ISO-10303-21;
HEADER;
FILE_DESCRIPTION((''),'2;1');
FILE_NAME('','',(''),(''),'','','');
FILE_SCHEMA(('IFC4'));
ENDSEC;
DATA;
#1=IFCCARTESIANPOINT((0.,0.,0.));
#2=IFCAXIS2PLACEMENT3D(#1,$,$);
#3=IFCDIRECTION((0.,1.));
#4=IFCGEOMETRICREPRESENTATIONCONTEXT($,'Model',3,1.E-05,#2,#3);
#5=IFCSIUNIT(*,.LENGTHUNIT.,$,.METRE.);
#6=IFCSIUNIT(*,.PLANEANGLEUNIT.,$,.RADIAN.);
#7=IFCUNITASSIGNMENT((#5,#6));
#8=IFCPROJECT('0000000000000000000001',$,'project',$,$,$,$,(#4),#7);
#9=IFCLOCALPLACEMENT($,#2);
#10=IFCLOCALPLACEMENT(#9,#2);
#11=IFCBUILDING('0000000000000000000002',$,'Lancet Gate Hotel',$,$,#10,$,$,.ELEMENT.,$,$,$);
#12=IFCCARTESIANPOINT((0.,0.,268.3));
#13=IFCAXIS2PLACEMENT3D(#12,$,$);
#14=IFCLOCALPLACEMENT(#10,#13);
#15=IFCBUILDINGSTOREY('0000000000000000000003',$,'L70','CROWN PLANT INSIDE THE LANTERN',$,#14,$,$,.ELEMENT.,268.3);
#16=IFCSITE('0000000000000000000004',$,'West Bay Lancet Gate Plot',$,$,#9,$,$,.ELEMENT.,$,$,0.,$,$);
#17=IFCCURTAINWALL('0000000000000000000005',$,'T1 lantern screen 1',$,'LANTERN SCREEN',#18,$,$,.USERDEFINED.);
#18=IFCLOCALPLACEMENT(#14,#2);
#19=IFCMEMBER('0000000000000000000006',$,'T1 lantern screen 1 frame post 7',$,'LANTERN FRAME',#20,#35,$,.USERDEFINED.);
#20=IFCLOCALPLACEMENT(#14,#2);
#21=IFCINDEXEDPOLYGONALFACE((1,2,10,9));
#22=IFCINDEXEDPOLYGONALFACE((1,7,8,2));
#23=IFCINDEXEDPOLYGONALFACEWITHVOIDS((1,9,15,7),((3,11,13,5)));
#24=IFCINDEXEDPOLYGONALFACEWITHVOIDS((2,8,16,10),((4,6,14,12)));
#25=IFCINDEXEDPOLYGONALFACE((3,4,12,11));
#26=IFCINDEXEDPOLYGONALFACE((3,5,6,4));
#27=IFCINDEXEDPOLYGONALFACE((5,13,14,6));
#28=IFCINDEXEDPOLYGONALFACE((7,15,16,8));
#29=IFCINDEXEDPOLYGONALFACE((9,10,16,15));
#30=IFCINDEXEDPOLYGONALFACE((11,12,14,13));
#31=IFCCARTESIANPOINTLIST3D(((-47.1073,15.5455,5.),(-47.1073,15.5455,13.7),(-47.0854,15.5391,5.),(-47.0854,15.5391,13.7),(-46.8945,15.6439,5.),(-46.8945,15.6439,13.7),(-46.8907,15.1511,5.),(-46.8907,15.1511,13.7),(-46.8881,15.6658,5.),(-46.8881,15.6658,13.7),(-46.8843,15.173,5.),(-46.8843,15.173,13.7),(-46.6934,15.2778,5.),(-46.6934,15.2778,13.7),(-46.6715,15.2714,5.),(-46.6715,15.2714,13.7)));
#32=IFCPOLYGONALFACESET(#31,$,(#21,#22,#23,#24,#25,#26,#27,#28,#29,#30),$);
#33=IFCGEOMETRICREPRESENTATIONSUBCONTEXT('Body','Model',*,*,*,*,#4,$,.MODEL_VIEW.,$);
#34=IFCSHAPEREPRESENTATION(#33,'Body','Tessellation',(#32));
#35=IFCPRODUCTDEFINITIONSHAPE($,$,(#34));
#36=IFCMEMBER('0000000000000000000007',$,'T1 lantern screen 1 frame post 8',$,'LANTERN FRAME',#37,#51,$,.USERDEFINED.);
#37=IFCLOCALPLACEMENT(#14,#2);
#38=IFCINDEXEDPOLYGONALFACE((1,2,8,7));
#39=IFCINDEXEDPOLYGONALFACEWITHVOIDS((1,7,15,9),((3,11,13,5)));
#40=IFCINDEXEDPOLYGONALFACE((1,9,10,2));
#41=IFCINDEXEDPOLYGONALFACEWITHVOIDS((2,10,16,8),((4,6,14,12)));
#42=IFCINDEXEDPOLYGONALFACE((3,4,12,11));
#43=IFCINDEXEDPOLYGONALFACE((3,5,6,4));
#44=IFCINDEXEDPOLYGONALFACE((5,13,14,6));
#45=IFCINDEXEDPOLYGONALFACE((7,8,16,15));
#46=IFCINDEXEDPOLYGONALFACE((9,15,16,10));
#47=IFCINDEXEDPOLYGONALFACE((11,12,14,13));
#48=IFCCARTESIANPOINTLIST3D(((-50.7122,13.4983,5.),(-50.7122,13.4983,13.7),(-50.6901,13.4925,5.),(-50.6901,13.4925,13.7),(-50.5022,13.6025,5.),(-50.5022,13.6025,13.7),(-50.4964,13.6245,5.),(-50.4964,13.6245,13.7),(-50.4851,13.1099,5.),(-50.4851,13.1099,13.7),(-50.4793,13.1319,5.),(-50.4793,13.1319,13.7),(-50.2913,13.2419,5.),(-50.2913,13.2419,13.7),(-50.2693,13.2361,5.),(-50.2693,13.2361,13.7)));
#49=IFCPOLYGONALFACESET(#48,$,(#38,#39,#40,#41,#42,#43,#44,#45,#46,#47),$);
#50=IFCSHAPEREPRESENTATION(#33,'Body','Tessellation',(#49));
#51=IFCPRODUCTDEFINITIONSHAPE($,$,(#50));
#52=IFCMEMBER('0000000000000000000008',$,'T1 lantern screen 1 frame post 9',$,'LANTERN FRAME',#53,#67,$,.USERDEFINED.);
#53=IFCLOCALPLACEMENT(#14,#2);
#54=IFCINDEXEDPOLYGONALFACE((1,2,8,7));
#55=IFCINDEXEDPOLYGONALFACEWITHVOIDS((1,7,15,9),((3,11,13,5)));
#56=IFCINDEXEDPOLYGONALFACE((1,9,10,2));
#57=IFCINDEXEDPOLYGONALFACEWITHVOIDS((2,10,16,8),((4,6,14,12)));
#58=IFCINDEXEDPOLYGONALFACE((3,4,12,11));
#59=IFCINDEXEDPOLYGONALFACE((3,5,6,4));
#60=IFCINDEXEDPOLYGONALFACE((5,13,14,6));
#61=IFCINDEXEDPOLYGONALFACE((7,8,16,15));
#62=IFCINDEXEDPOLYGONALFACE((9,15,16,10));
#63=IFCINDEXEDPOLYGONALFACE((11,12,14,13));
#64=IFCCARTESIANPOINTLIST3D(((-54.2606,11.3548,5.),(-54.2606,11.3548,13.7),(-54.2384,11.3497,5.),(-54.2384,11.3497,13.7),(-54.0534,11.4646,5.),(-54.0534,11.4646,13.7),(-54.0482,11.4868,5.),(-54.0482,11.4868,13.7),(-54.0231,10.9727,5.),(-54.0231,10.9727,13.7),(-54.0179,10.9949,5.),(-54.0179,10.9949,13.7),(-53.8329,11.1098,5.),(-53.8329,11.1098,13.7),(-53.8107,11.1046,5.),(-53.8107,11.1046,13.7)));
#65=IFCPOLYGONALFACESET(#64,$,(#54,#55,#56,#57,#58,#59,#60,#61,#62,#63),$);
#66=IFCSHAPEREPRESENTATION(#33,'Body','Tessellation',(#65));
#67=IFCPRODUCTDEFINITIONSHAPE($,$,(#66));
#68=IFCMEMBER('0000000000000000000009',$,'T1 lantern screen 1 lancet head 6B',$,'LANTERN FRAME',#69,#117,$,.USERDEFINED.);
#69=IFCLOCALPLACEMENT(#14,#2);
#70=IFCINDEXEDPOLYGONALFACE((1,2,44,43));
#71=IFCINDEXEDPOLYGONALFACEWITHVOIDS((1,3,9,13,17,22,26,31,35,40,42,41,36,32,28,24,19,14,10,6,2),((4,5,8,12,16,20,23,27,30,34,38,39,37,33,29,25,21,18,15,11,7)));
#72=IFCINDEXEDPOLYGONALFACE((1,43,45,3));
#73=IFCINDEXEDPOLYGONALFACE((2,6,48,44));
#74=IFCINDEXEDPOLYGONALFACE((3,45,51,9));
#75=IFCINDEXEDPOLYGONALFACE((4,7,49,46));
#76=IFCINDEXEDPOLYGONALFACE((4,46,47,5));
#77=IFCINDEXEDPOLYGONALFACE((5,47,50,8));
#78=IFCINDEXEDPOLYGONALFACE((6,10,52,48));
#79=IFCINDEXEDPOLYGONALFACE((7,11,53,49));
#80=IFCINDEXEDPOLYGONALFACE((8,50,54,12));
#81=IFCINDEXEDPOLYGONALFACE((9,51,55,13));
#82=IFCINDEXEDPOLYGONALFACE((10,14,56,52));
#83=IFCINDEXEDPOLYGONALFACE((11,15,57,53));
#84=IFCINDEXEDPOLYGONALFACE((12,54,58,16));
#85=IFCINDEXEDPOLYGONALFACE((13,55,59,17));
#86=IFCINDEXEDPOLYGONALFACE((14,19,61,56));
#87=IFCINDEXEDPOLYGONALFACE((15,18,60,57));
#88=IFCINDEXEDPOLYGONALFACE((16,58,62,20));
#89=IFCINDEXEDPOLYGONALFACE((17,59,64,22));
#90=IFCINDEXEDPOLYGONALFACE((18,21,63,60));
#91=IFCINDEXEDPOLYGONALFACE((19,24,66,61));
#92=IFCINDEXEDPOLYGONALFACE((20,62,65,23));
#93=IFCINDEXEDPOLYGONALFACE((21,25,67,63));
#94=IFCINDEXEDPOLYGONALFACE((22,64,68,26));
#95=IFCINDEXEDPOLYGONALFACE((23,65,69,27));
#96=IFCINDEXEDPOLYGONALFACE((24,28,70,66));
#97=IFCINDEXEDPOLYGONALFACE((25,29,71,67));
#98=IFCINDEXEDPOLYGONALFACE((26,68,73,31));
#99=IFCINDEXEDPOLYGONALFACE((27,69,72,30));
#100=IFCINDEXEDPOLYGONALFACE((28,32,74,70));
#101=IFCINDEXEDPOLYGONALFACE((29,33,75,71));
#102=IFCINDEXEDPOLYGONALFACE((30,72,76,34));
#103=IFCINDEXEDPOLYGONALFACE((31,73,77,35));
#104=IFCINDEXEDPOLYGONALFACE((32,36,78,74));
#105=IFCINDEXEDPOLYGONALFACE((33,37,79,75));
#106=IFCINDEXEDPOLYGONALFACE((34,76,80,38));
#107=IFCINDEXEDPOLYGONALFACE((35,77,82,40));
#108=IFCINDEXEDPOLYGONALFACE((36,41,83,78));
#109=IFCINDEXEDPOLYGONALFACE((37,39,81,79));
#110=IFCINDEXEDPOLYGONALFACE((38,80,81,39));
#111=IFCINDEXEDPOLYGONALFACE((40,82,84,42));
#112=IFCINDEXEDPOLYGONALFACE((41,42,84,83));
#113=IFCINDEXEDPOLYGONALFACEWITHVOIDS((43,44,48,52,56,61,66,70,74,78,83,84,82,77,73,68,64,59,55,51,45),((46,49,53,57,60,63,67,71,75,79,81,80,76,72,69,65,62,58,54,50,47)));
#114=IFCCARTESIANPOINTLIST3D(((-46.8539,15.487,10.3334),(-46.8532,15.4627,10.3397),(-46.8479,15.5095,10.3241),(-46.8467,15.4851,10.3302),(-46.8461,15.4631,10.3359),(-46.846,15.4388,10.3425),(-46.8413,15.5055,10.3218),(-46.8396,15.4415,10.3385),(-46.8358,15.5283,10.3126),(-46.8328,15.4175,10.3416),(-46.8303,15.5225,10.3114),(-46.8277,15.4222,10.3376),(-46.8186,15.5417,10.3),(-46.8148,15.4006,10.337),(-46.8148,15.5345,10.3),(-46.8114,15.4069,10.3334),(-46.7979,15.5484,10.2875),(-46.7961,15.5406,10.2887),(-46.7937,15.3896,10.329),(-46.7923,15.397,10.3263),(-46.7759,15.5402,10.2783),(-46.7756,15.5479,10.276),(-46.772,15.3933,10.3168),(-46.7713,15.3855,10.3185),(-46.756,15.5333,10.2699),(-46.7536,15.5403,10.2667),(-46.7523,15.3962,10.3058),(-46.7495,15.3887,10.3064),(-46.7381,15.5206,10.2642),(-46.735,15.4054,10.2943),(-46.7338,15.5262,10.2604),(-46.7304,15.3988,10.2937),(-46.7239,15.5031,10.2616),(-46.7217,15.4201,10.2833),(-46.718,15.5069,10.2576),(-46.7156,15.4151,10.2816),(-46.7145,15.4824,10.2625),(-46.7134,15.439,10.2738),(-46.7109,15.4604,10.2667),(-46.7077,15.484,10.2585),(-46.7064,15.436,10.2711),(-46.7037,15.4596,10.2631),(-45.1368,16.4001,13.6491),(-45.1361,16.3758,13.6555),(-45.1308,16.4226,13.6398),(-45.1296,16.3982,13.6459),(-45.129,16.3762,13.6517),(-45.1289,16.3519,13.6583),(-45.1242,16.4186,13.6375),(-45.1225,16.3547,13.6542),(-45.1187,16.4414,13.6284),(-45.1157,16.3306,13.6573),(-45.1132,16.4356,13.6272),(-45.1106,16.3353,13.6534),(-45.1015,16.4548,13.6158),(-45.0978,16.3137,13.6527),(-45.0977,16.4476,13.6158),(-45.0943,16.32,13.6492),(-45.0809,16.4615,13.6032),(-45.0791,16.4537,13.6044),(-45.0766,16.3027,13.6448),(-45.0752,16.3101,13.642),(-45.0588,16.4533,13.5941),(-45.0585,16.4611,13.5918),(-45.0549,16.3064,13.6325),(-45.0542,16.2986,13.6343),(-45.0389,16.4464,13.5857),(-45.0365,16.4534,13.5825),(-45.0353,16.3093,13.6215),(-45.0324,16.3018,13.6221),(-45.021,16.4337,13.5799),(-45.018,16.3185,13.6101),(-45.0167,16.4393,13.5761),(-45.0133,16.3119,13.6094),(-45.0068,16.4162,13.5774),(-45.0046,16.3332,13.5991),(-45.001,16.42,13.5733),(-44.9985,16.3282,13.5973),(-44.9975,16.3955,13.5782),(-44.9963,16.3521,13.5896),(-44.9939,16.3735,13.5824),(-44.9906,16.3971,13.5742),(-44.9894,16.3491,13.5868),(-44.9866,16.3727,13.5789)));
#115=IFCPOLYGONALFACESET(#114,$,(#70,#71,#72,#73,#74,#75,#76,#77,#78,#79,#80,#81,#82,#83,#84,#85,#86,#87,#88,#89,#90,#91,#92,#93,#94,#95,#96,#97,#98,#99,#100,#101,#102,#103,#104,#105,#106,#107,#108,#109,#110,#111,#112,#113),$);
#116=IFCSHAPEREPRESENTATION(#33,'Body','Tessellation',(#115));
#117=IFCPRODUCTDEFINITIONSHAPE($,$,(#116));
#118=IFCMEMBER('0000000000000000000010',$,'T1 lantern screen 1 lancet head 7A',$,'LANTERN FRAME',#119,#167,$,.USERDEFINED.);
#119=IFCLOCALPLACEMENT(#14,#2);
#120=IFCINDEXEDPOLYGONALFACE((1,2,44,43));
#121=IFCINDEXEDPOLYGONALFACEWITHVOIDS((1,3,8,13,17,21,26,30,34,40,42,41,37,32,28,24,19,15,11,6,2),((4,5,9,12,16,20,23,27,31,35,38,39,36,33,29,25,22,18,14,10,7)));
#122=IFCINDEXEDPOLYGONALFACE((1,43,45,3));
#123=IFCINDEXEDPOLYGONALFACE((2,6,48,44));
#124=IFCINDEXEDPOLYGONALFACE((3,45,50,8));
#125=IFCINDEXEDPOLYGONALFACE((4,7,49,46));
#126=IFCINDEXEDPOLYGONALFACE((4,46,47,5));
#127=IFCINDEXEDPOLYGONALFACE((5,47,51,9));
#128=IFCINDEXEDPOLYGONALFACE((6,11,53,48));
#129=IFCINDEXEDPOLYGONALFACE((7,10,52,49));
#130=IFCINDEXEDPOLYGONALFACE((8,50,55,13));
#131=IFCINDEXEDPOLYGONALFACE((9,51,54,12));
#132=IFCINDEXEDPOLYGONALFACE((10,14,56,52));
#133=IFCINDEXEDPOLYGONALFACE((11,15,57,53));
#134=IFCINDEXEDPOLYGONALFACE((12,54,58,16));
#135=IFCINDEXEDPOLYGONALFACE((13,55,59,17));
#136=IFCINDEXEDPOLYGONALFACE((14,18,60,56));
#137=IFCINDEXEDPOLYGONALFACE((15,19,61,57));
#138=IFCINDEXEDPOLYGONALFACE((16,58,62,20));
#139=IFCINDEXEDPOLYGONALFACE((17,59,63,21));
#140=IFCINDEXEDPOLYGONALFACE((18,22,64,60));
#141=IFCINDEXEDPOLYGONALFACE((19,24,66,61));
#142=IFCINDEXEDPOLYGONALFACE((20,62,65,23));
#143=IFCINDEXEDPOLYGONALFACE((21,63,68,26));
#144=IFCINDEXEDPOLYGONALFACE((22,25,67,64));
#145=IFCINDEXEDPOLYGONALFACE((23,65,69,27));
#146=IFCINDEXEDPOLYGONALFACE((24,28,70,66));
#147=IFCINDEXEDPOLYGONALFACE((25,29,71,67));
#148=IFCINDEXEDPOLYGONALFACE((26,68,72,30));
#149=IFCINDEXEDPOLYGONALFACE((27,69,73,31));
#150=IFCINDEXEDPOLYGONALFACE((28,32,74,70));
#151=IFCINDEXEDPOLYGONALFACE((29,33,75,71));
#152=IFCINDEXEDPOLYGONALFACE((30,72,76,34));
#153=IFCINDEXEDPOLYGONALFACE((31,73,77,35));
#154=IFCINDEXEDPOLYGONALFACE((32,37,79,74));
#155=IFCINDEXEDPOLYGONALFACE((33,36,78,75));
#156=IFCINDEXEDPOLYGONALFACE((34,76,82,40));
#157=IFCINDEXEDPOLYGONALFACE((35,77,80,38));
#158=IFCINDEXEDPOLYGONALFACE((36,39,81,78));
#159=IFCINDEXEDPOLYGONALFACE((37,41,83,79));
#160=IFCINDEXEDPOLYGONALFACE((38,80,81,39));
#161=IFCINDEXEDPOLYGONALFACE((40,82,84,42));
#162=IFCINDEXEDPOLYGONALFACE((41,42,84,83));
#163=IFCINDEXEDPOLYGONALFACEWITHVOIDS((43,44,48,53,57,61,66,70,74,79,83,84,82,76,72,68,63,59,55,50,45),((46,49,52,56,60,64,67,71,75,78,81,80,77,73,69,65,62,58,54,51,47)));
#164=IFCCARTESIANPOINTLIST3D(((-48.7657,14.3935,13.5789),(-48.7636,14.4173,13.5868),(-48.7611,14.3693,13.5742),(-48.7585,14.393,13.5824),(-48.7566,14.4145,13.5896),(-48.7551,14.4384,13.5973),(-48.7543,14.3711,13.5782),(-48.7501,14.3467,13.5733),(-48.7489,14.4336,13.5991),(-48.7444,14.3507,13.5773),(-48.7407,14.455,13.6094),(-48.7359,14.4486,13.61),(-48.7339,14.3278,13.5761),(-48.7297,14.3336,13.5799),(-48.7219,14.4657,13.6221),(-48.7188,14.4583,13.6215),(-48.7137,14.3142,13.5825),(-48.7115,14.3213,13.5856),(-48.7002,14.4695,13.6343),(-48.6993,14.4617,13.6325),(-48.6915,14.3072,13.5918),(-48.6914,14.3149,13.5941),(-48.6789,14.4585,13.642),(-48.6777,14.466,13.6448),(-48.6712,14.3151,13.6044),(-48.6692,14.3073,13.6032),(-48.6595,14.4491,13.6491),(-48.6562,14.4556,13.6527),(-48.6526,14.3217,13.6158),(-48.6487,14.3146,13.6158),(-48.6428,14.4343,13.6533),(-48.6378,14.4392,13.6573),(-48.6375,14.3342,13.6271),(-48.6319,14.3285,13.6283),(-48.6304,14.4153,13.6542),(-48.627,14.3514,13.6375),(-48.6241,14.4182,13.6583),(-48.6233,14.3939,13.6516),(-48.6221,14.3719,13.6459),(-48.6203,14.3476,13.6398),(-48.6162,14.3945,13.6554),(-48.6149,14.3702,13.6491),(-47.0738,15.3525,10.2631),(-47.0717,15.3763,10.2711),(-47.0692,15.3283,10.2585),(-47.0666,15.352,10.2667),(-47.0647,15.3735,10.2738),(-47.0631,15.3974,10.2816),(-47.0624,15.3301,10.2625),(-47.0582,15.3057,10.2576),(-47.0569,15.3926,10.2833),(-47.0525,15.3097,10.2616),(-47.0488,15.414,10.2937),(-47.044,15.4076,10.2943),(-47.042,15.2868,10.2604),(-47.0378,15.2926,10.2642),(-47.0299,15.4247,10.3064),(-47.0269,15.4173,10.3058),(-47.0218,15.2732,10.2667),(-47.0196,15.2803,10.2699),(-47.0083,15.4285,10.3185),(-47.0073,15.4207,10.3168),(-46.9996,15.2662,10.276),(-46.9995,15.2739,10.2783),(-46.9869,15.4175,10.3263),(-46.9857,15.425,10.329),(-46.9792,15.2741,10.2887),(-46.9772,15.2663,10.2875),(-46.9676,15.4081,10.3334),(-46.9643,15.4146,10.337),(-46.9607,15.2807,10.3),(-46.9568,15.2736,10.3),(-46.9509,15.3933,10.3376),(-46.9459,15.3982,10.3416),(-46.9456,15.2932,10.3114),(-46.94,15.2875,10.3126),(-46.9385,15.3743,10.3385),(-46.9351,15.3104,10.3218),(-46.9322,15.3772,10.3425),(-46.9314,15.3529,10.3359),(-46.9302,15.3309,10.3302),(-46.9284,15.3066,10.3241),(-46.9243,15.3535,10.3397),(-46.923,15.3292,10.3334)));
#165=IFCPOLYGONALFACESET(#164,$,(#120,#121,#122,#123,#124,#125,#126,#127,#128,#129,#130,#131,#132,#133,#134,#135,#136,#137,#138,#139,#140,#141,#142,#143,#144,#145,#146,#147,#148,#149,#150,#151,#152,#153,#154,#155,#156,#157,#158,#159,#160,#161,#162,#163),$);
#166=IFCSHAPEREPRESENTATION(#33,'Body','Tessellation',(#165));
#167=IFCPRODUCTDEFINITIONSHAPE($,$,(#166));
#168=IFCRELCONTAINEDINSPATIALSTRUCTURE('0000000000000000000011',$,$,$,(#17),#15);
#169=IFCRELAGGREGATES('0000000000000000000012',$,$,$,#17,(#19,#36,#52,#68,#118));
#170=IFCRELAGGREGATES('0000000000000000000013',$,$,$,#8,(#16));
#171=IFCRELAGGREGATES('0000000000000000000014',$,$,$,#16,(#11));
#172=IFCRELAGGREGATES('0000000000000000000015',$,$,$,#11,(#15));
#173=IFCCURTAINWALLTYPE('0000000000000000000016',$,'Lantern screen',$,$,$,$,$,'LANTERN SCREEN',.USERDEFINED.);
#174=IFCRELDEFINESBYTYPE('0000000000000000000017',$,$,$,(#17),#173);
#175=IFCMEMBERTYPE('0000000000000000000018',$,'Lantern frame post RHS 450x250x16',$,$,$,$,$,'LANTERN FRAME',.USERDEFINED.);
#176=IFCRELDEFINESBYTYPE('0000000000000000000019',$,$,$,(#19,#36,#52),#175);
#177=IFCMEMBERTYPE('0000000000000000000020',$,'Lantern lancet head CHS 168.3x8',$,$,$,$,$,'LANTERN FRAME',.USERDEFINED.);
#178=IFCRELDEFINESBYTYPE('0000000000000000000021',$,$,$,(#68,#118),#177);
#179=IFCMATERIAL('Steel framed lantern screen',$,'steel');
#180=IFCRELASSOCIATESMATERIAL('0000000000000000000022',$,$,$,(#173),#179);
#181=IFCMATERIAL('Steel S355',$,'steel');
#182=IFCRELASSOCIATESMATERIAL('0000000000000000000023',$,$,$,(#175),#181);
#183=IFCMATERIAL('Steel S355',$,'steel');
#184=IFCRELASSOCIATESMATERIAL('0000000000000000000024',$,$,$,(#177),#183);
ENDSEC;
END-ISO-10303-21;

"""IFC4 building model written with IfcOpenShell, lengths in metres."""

from ifc_helpers import new_model, si_unit, direction, frame, origin, origin_2d, place, context, subcontext, project, spatial, hollow_rectangle, hollow_circle, extrude, material, material_profile, profile_set, type_object, element, aggregate, save


model = new_model("IFC4")

# Units and contexts
model_context = context("Model", 3, precision=1e-05, world=origin(), true_north=direction((0.0, 1.0)))
body_context = subcontext(model_context, "Body", "Model", "MODEL_VIEW")
ifc_project = project(units=[si_unit("LENGTHUNIT", "METRE"), si_unit("PLANEANGLEUNIT", "RADIAN")], contexts=[model_context])

# Site, building, storey
site_placement = place(None, origin())
site = spatial("IfcSite", under=ifc_project, at=site_placement, Name="West Bay Lancet Gate Plot", CompositionType="ELEMENT", RefElevation=0.0)
building_placement = place(site_placement, origin())
building = spatial("IfcBuilding", under=site, at=building_placement, Name="Lancet Gate Hotel", CompositionType="ELEMENT")
storey_placement = place(building_placement, frame((0.0, 0.0, 268.3)))
storey = spatial("IfcBuildingStorey", under=building, at=storey_placement, Name="L70", Description="CROWN PLANT INSIDE THE LANTERN", CompositionType="ELEMENT", Elevation=268.3)

# Curtain wall, members
ifc_material_1 = material(Name="Steel framed lantern screen", Category="steel")
curtain_wall_type_1 = type_object("IfcCurtainWallType", Name="Lantern screen", ElementType="LANTERN SCREEN", PredefinedType="USERDEFINED", material=ifc_material_1)
curtain_wall_1_placement = place(storey_placement, origin())
curtain_wall_1 = element("IfcCurtainWall", 1, at=curtain_wall_1_placement, inside=storey, type_object=curtain_wall_type_1, Name="T1 lantern screen 1", ObjectType="LANTERN SCREEN", PredefinedType="USERDEFINED")
ifc_material_2 = material(Name="Steel S355", Category="steel")
ifc_material_profile_1 = material_profile(ifc_material_2, hollow_rectangle(XDim=0.25, YDim=0.45, WallThickness=0.0161, at=origin_2d()), Name="RHS 450x250x16")
ifc_profile_set_1 = profile_set([ifc_material_profile_1], Name="Steel S355")
member_type_1 = type_object("IfcMemberType", Name="Lantern frame post RHS 450x250x16", ElementType="LANTERN FRAME", PredefinedType="USERDEFINED", material=ifc_profile_set_1)
member_1_placement = place(storey_placement, frame((-46.8894, 15.4084, 5.0), z_axis=(0.0, 0.0, 1.0), x_axis=(-0.876516, -0.481372, 0.0)))
member_1 = element("IfcMember", 2, at=member_1_placement, type_object=member_type_1, Name="T1 lantern screen 1 frame post 7", ObjectType="LANTERN FRAME", PredefinedType="USERDEFINED", context=body_context, shape_type="SweptSolid", body=[
    extrude(hollow_rectangle(XDim=0.25, YDim=0.45, WallThickness=0.0161, at=origin_2d()), origin(), (0.0, 0.0, 1.0), 8.7),
])
member_2_placement = place(storey_placement, frame((-50.4907, 13.3672, 5.0), z_axis=(0.0, 0.0, 1.0), x_axis=(-0.863242, -0.50479, 0.0)))
member_2 = element("IfcMember", 3, at=member_2_placement, type_object=member_type_1, Name="T1 lantern screen 1 frame post 8", ObjectType="LANTERN FRAME", PredefinedType="USERDEFINED", context=body_context, shape_type="SweptSolid", body=[
    extrude(hollow_rectangle(XDim=0.25, YDim=0.45, WallThickness=0.0161, at=origin_2d()), origin(), (0.0, 0.0, 1.0), 8.7),
])
member_3_placement = place(storey_placement, frame((-54.0356, 11.2297, 5.0), z_axis=(0.0, 0.0, 1.0), x_axis=(-0.849342, -0.527842, 0.0)))
member_3 = element("IfcMember", 4, at=member_3_placement, type_object=member_type_1, Name="T1 lantern screen 1 frame post 9", ObjectType="LANTERN FRAME", PredefinedType="USERDEFINED", context=body_context, shape_type="SweptSolid", body=[
    extrude(hollow_rectangle(XDim=0.25, YDim=0.45, WallThickness=0.0161, at=origin_2d()), origin(), (0.0, 0.0, 1.0), 8.7),
])
ifc_material_3 = material(Name="Steel S355", Category="steel")
ifc_material_profile_2 = material_profile(ifc_material_3, hollow_circle(Radius=0.0842, WallThickness=0.0081, at=origin_2d()), Name="CHS 168.3x8.0")
ifc_profile_set_2 = profile_set([ifc_material_profile_2], Name="Steel S355")
member_type_2 = type_object("IfcMemberType", Name="Lantern lancet head CHS 168.3x8", ElementType="LANTERN FRAME", PredefinedType="USERDEFINED", material=ifc_profile_set_2)
member_4_placement = place(storey_placement, frame((-46.7791, 15.4673, 10.3), z_axis=(0.446691, 0.237541, 0.862578), x_axis=(-0.469519, 0.882922, 0.0)))
member_4 = element("IfcMember", 5, at=member_4_placement, type_object=member_type_2, Name="T1 lantern screen 1 lancet head 6B", ObjectType="LANTERN FRAME", PredefinedType="USERDEFINED", context=body_context, shape_type="SweptSolid", body=[
    extrude(hollow_circle(Radius=0.0842, WallThickness=0.0081, at=origin_2d()), origin(), (0.0, 0.0, 1.0), 3.844),
])
member_5_placement = place(storey_placement, frame((-46.9983, 15.3469, 10.3), z_axis=(-0.440146, -0.24948, 0.862572), x_axis=(0.493108, -0.869968, 0.0)))
member_5 = element("IfcMember", 6, at=member_5_placement, type_object=member_type_2, Name="T1 lantern screen 1 lancet head 7A", ObjectType="LANTERN FRAME", PredefinedType="USERDEFINED", context=body_context, shape_type="SweptSolid", body=[
    extrude(hollow_circle(Radius=0.0842, WallThickness=0.0081, at=origin_2d()), origin(), (0.0, 0.0, 1.0), 3.844),
])

aggregate(curtain_wall_1, [member_1, member_2, member_3, member_4, member_5])

save(model, "model.ifc")
